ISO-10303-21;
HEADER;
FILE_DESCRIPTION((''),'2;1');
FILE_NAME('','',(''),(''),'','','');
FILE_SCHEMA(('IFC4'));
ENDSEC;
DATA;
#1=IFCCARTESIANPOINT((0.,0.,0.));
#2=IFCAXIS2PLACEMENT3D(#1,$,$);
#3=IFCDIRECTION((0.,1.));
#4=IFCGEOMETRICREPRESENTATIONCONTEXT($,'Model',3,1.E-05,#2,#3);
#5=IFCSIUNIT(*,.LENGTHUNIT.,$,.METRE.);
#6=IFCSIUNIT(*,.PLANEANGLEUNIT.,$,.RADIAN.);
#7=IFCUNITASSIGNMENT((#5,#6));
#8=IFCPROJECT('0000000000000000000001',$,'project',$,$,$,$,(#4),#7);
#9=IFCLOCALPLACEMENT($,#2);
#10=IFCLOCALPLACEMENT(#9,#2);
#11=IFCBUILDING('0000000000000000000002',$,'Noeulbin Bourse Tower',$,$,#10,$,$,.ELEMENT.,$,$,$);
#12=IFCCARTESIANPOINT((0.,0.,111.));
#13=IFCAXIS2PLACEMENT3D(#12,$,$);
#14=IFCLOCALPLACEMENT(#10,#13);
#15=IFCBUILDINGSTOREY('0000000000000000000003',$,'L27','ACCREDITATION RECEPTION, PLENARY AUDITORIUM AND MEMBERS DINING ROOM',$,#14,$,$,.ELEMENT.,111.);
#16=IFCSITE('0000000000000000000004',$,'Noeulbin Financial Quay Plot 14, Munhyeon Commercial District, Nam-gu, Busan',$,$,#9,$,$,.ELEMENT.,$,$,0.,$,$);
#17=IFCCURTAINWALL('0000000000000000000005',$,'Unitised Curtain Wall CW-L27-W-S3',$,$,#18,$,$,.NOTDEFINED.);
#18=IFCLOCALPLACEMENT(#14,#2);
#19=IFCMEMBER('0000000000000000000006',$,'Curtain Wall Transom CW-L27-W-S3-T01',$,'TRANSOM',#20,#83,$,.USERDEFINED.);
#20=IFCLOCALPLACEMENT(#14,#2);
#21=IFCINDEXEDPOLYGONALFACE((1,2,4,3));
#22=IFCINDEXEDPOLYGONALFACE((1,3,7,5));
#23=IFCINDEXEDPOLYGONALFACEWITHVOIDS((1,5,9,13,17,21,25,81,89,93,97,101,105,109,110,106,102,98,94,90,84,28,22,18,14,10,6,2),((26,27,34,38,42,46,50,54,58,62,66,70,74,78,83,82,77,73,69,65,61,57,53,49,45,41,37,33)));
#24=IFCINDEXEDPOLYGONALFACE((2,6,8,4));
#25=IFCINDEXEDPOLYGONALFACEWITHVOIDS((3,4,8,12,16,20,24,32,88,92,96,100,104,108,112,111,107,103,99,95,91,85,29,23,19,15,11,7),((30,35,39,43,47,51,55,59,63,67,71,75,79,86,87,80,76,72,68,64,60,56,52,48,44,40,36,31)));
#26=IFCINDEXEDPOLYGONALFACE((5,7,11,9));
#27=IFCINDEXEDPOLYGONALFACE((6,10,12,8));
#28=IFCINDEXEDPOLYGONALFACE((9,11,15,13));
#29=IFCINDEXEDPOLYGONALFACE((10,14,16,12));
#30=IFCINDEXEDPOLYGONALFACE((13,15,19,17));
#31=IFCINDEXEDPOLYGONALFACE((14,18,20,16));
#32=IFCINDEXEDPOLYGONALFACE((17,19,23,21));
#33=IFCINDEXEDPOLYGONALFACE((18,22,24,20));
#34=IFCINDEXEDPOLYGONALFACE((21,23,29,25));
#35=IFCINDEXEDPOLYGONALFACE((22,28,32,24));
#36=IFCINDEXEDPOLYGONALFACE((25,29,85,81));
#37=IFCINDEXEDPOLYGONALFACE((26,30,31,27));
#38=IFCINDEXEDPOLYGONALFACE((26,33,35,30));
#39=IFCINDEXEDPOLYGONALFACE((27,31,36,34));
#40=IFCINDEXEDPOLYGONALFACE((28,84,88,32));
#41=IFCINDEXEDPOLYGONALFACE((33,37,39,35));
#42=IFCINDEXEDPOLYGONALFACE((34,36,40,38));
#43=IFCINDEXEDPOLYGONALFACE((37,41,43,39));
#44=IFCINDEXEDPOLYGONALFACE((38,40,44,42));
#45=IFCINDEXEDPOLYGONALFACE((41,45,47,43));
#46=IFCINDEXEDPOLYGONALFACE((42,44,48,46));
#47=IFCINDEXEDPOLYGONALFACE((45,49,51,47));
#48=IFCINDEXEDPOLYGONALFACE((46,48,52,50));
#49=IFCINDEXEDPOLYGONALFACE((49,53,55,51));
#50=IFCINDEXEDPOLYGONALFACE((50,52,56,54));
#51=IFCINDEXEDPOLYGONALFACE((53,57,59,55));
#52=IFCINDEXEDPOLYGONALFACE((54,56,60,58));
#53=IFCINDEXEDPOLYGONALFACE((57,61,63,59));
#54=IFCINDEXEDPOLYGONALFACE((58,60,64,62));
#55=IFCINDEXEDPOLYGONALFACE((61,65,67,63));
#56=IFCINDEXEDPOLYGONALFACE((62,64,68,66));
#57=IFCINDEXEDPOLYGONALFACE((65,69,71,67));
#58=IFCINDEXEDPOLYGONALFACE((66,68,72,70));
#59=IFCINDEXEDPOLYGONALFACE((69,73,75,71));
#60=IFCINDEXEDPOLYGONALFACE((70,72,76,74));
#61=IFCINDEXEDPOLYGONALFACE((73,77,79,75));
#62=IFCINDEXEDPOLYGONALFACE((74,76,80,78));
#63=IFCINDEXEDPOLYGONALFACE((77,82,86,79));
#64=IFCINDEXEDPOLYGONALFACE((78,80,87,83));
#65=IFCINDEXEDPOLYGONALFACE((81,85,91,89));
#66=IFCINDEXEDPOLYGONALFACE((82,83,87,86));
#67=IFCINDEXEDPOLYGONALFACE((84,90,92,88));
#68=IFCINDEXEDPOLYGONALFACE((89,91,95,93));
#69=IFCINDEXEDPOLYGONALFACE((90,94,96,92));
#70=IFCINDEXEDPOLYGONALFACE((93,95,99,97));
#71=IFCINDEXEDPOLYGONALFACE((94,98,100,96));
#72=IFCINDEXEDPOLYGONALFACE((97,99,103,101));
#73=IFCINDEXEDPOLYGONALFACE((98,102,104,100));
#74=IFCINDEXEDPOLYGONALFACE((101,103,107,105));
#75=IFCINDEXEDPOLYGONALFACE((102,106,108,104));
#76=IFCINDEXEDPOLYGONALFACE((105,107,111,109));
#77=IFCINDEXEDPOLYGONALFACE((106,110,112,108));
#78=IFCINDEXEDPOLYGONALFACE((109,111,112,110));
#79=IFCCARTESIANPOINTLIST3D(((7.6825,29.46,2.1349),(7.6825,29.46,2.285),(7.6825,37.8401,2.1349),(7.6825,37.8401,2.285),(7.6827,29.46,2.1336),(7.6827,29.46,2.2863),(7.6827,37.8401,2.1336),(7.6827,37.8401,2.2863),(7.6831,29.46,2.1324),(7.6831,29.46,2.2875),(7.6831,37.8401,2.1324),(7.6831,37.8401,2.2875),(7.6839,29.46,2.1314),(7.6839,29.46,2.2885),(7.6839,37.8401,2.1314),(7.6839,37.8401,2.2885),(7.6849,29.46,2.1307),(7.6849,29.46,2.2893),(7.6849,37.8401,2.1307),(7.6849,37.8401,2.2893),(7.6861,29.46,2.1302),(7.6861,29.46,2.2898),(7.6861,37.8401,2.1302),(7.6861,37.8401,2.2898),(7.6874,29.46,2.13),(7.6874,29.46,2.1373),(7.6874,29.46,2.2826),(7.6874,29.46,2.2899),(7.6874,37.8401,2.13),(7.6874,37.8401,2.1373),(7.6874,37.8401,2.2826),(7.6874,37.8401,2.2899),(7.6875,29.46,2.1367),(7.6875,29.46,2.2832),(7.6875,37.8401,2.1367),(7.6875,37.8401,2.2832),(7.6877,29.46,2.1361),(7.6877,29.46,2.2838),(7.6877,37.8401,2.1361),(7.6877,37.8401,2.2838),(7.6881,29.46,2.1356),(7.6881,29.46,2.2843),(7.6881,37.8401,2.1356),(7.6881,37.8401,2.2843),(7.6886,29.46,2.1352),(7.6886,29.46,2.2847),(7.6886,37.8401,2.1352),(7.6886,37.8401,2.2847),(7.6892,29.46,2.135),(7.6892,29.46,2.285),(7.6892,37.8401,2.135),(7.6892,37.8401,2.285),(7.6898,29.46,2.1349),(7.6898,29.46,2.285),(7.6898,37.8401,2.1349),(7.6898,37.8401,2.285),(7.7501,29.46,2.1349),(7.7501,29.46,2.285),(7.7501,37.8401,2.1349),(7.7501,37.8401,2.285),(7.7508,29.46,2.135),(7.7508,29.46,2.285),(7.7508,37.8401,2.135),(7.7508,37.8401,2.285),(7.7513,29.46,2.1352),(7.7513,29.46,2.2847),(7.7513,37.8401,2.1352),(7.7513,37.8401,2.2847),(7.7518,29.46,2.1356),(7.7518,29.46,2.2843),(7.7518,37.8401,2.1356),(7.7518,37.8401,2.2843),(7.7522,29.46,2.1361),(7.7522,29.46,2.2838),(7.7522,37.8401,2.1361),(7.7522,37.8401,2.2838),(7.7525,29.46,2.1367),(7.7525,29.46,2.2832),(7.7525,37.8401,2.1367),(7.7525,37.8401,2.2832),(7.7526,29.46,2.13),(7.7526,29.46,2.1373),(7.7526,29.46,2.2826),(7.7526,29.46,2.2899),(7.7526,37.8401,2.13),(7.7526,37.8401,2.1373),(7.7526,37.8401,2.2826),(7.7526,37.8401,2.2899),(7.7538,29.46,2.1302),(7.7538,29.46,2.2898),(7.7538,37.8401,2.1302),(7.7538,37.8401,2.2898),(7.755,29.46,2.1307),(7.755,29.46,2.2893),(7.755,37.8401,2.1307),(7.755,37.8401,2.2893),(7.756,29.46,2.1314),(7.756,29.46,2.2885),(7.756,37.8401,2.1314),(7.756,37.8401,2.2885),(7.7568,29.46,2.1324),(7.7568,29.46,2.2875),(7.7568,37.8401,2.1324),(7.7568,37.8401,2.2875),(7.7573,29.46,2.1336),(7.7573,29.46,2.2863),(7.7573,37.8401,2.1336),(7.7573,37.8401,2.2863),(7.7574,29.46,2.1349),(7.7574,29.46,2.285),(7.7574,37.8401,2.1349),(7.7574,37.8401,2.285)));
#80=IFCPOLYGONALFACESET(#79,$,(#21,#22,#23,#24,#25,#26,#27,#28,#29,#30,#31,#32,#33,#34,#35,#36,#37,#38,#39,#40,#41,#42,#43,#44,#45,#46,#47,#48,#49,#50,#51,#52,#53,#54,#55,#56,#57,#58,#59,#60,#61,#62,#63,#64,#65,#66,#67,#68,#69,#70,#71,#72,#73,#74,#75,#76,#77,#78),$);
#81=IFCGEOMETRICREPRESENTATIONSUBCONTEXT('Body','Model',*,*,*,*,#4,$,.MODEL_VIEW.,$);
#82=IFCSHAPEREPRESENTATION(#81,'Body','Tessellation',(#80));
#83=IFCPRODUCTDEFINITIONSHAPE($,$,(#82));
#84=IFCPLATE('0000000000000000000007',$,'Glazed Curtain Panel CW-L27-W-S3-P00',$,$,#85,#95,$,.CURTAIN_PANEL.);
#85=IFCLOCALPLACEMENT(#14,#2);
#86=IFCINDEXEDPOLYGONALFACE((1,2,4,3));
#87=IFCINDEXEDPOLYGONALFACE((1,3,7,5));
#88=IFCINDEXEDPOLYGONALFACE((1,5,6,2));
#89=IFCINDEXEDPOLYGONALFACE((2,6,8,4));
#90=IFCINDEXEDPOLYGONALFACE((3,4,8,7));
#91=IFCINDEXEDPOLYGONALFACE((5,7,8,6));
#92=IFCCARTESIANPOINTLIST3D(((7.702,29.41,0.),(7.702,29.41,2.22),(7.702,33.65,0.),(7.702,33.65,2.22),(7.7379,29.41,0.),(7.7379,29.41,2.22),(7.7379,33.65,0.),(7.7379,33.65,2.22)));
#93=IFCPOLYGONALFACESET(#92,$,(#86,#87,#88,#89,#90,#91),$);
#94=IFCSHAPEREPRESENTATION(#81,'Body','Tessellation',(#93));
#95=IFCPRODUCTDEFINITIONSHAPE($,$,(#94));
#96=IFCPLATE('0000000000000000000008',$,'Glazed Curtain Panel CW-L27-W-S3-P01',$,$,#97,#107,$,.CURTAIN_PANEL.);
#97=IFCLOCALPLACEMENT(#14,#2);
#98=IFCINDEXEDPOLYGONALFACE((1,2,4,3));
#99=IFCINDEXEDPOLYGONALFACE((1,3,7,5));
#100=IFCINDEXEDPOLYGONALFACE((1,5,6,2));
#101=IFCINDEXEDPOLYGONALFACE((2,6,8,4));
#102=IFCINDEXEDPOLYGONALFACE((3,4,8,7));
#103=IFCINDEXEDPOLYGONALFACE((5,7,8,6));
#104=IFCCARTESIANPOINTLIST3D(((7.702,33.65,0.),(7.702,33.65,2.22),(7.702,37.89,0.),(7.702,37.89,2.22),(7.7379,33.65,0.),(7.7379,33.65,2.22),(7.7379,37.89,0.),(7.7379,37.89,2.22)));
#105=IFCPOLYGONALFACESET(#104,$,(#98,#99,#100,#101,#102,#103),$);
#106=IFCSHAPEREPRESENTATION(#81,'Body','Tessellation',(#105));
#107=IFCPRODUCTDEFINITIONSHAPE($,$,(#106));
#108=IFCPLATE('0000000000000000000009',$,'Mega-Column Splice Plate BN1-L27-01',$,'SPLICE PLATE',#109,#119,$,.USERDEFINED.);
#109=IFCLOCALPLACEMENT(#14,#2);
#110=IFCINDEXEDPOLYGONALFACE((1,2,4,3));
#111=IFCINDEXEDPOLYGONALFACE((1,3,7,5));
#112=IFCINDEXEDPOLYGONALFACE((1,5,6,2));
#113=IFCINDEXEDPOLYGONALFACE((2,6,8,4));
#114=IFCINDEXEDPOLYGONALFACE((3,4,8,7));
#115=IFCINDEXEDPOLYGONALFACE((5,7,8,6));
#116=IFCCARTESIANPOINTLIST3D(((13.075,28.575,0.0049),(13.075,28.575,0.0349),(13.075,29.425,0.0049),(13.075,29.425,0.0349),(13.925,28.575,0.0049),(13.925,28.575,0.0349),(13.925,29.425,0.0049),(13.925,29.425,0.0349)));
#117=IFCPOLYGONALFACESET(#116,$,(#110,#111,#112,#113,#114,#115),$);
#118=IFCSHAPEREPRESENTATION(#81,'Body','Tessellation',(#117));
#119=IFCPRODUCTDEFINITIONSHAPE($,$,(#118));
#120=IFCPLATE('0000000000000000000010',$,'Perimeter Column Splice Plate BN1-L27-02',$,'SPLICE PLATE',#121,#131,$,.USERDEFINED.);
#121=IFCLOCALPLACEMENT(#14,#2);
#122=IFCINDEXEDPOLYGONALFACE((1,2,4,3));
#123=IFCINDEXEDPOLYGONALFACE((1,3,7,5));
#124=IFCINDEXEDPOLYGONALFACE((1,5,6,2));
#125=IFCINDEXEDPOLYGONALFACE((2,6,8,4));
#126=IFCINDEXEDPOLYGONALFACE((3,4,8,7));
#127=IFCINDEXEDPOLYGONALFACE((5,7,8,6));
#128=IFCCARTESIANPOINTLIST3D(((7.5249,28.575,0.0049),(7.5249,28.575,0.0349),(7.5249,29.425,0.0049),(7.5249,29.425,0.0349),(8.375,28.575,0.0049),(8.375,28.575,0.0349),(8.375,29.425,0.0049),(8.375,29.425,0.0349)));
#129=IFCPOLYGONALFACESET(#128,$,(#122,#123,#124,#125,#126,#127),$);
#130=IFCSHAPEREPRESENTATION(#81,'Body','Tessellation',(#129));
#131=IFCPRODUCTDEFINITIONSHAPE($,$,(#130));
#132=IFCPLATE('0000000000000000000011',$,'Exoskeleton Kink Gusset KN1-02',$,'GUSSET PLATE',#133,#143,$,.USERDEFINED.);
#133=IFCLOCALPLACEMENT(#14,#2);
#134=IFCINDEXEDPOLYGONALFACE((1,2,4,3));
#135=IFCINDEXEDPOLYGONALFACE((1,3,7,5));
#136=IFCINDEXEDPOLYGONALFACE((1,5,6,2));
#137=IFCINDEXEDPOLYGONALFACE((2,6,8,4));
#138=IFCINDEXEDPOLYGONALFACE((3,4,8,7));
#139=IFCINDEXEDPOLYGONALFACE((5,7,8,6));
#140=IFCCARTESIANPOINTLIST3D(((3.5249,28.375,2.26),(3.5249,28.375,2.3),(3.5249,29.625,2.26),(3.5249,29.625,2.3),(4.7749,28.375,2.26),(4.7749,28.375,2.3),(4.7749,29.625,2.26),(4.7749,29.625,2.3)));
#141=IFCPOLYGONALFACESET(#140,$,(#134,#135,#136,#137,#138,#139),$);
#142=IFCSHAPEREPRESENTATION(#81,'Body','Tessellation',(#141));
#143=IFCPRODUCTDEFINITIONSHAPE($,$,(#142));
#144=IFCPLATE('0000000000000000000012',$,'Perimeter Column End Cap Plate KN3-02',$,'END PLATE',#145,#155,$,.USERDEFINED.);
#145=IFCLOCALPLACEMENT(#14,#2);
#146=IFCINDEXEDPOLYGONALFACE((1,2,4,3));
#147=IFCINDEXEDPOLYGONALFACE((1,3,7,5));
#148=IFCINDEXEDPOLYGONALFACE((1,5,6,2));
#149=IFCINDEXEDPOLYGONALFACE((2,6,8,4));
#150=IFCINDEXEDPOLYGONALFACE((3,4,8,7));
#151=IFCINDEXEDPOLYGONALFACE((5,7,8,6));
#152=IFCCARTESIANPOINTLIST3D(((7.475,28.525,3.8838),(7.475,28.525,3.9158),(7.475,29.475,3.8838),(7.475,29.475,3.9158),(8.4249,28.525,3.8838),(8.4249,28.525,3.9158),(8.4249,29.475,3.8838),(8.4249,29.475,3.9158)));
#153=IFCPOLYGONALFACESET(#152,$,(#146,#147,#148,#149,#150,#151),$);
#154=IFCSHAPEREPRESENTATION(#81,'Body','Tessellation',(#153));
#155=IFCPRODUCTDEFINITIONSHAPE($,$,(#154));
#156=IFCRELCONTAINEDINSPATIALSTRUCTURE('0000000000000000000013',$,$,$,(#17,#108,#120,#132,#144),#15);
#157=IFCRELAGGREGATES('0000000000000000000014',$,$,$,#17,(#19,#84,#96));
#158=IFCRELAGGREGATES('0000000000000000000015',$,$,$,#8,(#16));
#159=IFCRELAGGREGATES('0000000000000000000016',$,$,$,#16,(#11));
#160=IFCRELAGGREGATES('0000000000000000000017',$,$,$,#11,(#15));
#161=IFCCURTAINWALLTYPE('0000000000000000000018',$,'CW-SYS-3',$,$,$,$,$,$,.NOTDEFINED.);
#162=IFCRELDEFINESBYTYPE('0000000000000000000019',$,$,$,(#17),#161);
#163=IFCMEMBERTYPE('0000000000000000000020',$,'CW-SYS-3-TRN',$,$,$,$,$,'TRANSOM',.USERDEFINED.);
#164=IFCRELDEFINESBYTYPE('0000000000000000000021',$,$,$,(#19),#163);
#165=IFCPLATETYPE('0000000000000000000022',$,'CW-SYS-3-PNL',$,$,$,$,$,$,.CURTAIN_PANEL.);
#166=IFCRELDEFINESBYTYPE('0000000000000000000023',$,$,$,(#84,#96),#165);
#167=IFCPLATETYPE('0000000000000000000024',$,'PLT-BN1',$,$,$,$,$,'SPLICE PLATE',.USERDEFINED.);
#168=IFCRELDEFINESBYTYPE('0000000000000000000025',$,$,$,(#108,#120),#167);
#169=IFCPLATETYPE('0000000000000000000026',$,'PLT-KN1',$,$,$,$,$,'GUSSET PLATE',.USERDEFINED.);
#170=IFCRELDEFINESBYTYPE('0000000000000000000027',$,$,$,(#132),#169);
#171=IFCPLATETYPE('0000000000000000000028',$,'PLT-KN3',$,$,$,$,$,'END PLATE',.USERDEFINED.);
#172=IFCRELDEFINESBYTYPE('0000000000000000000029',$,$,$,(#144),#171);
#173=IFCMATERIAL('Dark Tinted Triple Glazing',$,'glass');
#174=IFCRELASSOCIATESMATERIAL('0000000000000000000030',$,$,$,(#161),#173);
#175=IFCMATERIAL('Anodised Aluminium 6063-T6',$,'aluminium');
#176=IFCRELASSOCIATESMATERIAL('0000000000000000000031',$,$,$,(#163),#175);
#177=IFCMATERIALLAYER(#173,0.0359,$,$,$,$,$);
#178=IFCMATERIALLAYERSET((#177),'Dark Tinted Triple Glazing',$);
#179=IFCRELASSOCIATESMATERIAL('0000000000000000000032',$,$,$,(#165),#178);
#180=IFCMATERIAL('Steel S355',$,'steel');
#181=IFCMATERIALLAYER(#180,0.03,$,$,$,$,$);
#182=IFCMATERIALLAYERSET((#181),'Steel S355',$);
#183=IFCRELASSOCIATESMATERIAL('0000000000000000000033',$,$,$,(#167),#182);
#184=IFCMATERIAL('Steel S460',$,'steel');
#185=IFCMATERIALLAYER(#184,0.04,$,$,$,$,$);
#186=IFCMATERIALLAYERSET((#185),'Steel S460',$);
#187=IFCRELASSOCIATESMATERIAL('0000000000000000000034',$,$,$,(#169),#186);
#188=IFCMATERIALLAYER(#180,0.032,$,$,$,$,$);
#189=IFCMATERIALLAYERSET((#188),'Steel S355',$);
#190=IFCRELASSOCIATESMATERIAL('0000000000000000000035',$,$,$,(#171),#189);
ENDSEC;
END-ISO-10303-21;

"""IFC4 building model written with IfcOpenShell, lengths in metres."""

from ifc_helpers import new_model, si_unit, direction, frame, origin, origin_2d, place, context, subcontext, project, spatial, rectangle, hollow_rectangle, extrude, material, layer, layer_set, material_profile, profile_set, type_object, element, aggregate, save


model = new_model("IFC4")

# Units and contexts
model_context = context("Model", 3, precision=1e-05, world=origin(), true_north=direction((0.0, 1.0)))
body_context = subcontext(model_context, "Body", "Model", "MODEL_VIEW")
ifc_project = project(units=[si_unit("LENGTHUNIT", "METRE"), si_unit("PLANEANGLEUNIT", "RADIAN")], contexts=[model_context])

# Site, building, storey
site_placement = place(None, origin())
site = spatial("IfcSite", under=ifc_project, at=site_placement, Name="Noeulbin Financial Quay Plot 14, Munhyeon Commercial District, Nam-gu, Busan", CompositionType="ELEMENT", RefElevation=0.0)
building_placement = place(site_placement, origin())
building = spatial("IfcBuilding", under=site, at=building_placement, Name="Noeulbin Bourse Tower", CompositionType="ELEMENT")
storey_placement = place(building_placement, frame((0.0, 0.0, 111.0)))
storey = spatial("IfcBuildingStorey", under=building, at=storey_placement, Name="L27", Description="ACCREDITATION RECEPTION, PLENARY AUDITORIUM AND MEMBERS DINING ROOM", CompositionType="ELEMENT", Elevation=111.0)

# Shared definitions
ifc_material_1 = material(Name="Steel S355", Category="steel")
ifc_material_2 = material(Name="Steel S460", Category="steel")

# Shared definitions
ifc_material_3 = material(Name="Dark Tinted Triple Glazing", Category="glass")
curtain_wall_type = type_object("IfcCurtainWallType", Name="CW-SYS-3", PredefinedType="NOTDEFINED", material=ifc_material_3)
ifc_material_4 = material(Name="Anodised Aluminium 6063-T6", Category="aluminium")

# Curtain wall, member, plates
curtain_wall_1_placement = place(storey_placement, origin())
curtain_wall_1 = element("IfcCurtainWall", 1, at=curtain_wall_1_placement, inside=storey, type_object=curtain_wall_type, Name="Unitised Curtain Wall CW-L27-W-S3", PredefinedType="NOTDEFINED")
ifc_material_profile_1 = material_profile(ifc_material_4, hollow_rectangle(XDim=0.075, YDim=0.1599, WallThickness=0.0049, InnerFilletRadius=0.0024, OuterFilletRadius=0.0049, at=origin_2d()), Name="ALU-TRAN-75x160x5", Category="LoadBearing")
ifc_profile_set_1 = profile_set([ifc_material_profile_1], Name="Anodised Aluminium 6063-T6")
member_type_1 = type_object("IfcMemberType", Name="CW-SYS-3-TRN", ElementType="TRANSOM", PredefinedType="USERDEFINED", material=ifc_profile_set_1)
member_1_placement = place(storey_placement, frame((7.72, 29.46, 2.21), z_axis=(0.0, 1.0, 0.0), x_axis=(-1.0, 0.0, 0.0)))
member_1 = element("IfcMember", 2, at=member_1_placement, type_object=member_type_1, Name="Curtain Wall Transom CW-L27-W-S3-T01", ObjectType="TRANSOM", PredefinedType="USERDEFINED", context=body_context, shape_type="SweptSolid", body=[
    extrude(hollow_rectangle(XDim=0.075, YDim=0.1599, WallThickness=0.0049, InnerFilletRadius=0.0024, OuterFilletRadius=0.0049, at=origin_2d()), origin(), (0.0, 0.0, 1.0), 8.3801),
])
ifc_layer_1 = layer(ifc_material_3, 0.0359)
ifc_layer_set_1 = layer_set([ifc_layer_1], Name="Dark Tinted Triple Glazing")
plate_type_1 = type_object("IfcPlateType", Name="CW-SYS-3-PNL", PredefinedType="CURTAIN_PANEL", material=ifc_layer_set_1)
plate_1_placement = place(storey_placement, frame((7.72, 31.53, 0.0), z_axis=(0.0, 0.0, 1.0), x_axis=(0.0, 1.0, 0.0)))
plate_1 = element("IfcPlate", 3, at=plate_1_placement, type_object=plate_type_1, Name="Glazed Curtain Panel CW-L27-W-S3-P00", PredefinedType="CURTAIN_PANEL", context=body_context, shape_type="SweptSolid", body=[
    extrude(rectangle(XDim=4.24, YDim=0.0359, at=origin_2d()), origin(), (0.0, 0.0, 1.0), 2.22),
])
plate_2_placement = place(storey_placement, frame((7.72, 35.77, 0.0), z_axis=(0.0, 0.0, 1.0), x_axis=(0.0, 1.0, 0.0)))
plate_2 = element("IfcPlate", 4, at=plate_2_placement, type_object=plate_type_1, Name="Glazed Curtain Panel CW-L27-W-S3-P01", PredefinedType="CURTAIN_PANEL", context=body_context, shape_type="SweptSolid", body=[
    extrude(rectangle(XDim=4.24, YDim=0.0359, at=origin_2d()), origin(), (0.0, 0.0, 1.0), 2.22),
])
aggregate(curtain_wall_1, [member_1, plate_1, plate_2])

# Plates
ifc_layer_2 = layer(ifc_material_1, 0.03)
ifc_layer_set_2 = layer_set([ifc_layer_2], Name="Steel S355")
plate_type_2 = type_object("IfcPlateType", Name="PLT-BN1", ElementType="SPLICE PLATE", PredefinedType="USERDEFINED", material=ifc_layer_set_2)
for number, where, z_axis, x_axis, name in (
    (5, (13.5, 29.0, 0.0049), (0.0, 0.0, 1.0), (1.0, 0.0, 0.0), "Mega-Column Splice Plate BN1-L27-01"),
    (6, (7.95, 29.0, 0.0049), (0.0, 0.0, 1.0), (1.0, 0.0, 0.0), "Perimeter Column Splice Plate BN1-L27-02"),
):
    element("IfcPlate", number, at=place(storey_placement, frame(where, z_axis=z_axis, x_axis=x_axis)), inside=storey, type_object=plate_type_2, Name=name, ObjectType="SPLICE PLATE", PredefinedType="USERDEFINED", context=body_context, shape_type="SweptSolid", body=[
        extrude(rectangle(XDim=0.8501, YDim=0.8501, at=origin_2d()), origin(), (0.0, 0.0, 1.0), 0.03),
    ])
ifc_layer_3 = layer(ifc_material_2, 0.04)
ifc_layer_set_3 = layer_set([ifc_layer_3], Name="Steel S460")
plate_type_3 = type_object("IfcPlateType", Name="PLT-KN1", ElementType="GUSSET PLATE", PredefinedType="USERDEFINED", material=ifc_layer_set_3)
plate_3_placement = place(storey_placement, frame((4.1499, 29.0, 2.26), z_axis=(0.0, 0.0, 1.0), x_axis=(1.0, 0.0, 0.0)))
element("IfcPlate", 7, at=plate_3_placement, inside=storey, type_object=plate_type_3, Name="Exoskeleton Kink Gusset KN1-02", ObjectType="GUSSET PLATE", PredefinedType="USERDEFINED", context=body_context, shape_type="SweptSolid", body=[
    extrude(rectangle(XDim=1.25, YDim=1.25, at=origin_2d()), origin(), (0.0, 0.0, 1.0), 0.04),
])
ifc_layer_4 = layer(ifc_material_1, 0.032)
ifc_layer_set_4 = layer_set([ifc_layer_4], Name="Steel S355")
plate_type_4 = type_object("IfcPlateType", Name="PLT-KN3", ElementType="END PLATE", PredefinedType="USERDEFINED", material=ifc_layer_set_4)
plate_4_placement = place(storey_placement, frame((7.95, 29.0, 3.8838), z_axis=(0.0, 0.0, 1.0), x_axis=(1.0, 0.0, 0.0)))
element("IfcPlate", 8, at=plate_4_placement, inside=storey, type_object=plate_type_4, Name="Perimeter Column End Cap Plate KN3-02", ObjectType="END PLATE", PredefinedType="USERDEFINED", context=body_context, shape_type="SweptSolid", body=[
    extrude(rectangle(XDim=0.95, YDim=0.95, at=origin_2d()), origin(), (0.0, 0.0, 1.0), 0.032),
])

save(model, "model.ifc")
